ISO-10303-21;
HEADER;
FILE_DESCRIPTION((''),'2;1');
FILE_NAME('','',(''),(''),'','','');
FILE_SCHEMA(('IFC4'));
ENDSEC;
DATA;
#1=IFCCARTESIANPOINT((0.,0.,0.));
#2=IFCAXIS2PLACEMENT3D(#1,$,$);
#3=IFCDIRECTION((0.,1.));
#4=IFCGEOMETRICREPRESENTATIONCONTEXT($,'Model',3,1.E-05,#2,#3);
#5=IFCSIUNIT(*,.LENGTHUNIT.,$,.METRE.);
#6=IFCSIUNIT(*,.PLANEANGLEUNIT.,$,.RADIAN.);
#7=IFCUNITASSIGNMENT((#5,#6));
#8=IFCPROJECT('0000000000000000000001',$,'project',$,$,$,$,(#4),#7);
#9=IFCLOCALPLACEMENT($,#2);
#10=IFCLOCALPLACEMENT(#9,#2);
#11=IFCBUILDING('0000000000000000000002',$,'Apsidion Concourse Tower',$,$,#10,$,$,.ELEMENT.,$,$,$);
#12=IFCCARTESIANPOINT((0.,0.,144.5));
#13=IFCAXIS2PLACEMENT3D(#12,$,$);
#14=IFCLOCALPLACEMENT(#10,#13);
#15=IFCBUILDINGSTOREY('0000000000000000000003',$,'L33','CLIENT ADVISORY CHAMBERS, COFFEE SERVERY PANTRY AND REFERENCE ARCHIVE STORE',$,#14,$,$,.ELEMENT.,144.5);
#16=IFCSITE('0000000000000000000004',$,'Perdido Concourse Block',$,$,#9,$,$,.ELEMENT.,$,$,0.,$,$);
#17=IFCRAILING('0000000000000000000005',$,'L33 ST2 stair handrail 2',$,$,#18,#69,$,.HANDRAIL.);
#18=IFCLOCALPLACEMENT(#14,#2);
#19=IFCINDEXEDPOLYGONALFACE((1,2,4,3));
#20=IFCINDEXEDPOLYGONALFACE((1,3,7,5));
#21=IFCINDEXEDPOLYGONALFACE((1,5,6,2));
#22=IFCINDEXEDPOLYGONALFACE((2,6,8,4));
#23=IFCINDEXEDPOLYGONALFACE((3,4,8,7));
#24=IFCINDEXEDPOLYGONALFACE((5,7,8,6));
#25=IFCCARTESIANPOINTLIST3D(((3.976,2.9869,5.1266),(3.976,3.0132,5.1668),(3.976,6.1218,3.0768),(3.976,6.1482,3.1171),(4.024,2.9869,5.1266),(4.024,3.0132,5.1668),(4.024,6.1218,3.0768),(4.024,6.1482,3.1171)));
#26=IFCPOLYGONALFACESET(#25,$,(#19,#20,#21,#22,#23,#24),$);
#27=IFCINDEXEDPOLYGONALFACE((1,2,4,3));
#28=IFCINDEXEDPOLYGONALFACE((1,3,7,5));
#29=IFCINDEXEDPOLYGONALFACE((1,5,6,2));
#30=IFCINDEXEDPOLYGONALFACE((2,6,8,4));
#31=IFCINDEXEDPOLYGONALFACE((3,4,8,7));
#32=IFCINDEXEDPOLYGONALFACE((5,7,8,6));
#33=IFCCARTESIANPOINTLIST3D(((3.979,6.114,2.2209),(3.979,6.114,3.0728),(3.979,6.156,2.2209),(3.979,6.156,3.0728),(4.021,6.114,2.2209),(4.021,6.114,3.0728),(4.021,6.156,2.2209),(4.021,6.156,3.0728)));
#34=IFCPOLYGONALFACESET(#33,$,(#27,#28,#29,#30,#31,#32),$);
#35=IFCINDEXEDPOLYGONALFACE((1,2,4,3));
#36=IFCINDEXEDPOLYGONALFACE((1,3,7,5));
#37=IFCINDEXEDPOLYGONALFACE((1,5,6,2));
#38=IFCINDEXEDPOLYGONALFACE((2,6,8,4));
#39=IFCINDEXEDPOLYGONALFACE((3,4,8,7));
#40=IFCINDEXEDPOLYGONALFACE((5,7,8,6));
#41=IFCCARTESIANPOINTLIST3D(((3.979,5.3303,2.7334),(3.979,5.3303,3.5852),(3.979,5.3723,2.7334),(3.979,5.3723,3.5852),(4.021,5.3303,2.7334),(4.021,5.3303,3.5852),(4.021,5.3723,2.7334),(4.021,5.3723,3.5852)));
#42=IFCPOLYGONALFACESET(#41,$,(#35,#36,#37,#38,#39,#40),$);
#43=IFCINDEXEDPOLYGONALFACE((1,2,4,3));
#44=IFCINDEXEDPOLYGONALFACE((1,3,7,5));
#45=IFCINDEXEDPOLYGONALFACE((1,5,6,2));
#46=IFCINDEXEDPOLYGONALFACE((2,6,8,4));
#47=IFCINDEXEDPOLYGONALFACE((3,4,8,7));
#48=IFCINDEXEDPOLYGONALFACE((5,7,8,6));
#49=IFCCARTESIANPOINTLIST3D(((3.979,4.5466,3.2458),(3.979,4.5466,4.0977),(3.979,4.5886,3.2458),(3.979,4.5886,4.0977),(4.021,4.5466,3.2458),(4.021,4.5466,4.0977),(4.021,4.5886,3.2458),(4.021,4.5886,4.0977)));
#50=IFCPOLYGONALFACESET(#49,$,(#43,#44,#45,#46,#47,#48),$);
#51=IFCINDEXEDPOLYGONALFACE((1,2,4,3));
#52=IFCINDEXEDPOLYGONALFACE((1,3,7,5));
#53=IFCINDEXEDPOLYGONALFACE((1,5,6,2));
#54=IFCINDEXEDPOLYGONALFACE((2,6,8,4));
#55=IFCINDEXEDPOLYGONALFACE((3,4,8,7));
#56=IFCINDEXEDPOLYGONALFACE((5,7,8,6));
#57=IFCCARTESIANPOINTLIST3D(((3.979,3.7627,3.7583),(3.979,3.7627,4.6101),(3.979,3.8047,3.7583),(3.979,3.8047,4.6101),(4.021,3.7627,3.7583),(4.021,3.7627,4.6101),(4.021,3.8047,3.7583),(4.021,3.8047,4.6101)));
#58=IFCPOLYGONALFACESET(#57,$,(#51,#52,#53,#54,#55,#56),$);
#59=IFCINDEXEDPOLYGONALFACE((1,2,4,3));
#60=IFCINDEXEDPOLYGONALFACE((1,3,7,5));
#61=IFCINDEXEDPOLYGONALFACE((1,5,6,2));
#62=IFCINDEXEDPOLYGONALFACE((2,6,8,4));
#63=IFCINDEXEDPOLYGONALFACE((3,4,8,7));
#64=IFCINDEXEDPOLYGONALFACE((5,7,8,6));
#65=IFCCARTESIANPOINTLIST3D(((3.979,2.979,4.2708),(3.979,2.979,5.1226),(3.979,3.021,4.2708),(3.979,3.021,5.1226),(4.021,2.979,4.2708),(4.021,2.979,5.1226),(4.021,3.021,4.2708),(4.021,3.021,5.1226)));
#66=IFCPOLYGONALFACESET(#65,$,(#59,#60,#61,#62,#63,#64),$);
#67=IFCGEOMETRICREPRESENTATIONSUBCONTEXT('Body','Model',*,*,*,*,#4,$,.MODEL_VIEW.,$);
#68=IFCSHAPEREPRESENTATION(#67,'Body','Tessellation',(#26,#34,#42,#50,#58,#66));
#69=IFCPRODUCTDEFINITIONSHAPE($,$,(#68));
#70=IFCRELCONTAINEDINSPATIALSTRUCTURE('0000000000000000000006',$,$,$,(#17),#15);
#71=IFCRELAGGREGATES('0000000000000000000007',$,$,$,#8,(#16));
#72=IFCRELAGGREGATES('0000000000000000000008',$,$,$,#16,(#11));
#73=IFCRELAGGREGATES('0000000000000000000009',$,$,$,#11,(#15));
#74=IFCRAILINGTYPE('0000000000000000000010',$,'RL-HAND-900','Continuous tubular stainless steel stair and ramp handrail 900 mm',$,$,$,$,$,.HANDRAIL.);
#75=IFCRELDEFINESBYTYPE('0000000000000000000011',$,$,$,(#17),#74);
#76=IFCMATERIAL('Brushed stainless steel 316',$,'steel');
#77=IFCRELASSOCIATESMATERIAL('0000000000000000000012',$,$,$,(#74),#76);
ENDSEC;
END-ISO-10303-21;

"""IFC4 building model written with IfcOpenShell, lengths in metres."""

from ifc_helpers import new_model, si_unit, direction, frame, origin, origin_2d, place, context, subcontext, project, spatial, rectangle, extrude, material, type_object, element, save


model = new_model("IFC4")

# Units and contexts
model_context = context("Model", 3, precision=1e-05, world=origin(), true_north=direction((0.0, 1.0)))
body_context = subcontext(model_context, "Body", "Model", "MODEL_VIEW")
ifc_project = project(units=[si_unit("LENGTHUNIT", "METRE"), si_unit("PLANEANGLEUNIT", "RADIAN")], contexts=[model_context])

# Site, building, storey
site_placement = place(None, origin())
site = spatial("IfcSite", under=ifc_project, at=site_placement, Name="Perdido Concourse Block", CompositionType="ELEMENT", RefElevation=0.0)
building_placement = place(site_placement, origin())
building = spatial("IfcBuilding", under=site, at=building_placement, Name="Apsidion Concourse Tower", CompositionType="ELEMENT")
storey_placement = place(building_placement, frame((0.0, 0.0, 144.5)))
storey = spatial("IfcBuildingStorey", under=building, at=storey_placement, Name="L33", Description="CLIENT ADVISORY CHAMBERS, COFFEE SERVERY PANTRY AND REFERENCE ARCHIVE STORE", CompositionType="ELEMENT", Elevation=144.5)

# Shared definitions
ifc_material_1 = material(Name="Brushed stainless steel 316", Category="steel")

# Railing
railing_type_1 = type_object("IfcRailingType", Name="RL-HAND-900", Description="Continuous tubular stainless steel stair and ramp handrail 900 mm", PredefinedType="HANDRAIL", material=ifc_material_1)
railing_1_placement = place(storey_placement, frame((4.0, 6.135, 2.2209)))
element("IfcRailing", 1, at=railing_1_placement, inside=storey, type_object=railing_type_1, Name="L33 ST2 stair handrail 2", PredefinedType="HANDRAIL", context=body_context, shape_type="SweptSolid", body=[
    extrude(rectangle(XDim=0.0481, YDim=0.0481, at=origin_2d()), frame((0.0, 0.0, 0.876), z_axis=(0.0, -0.836971, 0.547248), x_axis=(1.0, 0.0, 0.0)), (0.0, 0.0, 1.0), 3.7456),
    extrude(rectangle(XDim=0.042, YDim=0.042, at=origin_2d()), origin(), (0.0, 0.0, 1.0), 0.8518),
    extrude(rectangle(XDim=0.042, YDim=0.042, at=origin_2d()), frame((0.0, -0.7837, 0.5125)), (0.0, 0.0, 1.0), 0.8518),
    extrude(rectangle(XDim=0.042, YDim=0.042, at=origin_2d()), frame((0.0, -1.5674, 1.0249)), (0.0, 0.0, 1.0), 0.8518),
    extrude(rectangle(XDim=0.042, YDim=0.042, at=origin_2d()), frame((0.0, -2.3513, 1.5374)), (0.0, 0.0, 1.0), 0.8518),
    extrude(rectangle(XDim=0.042, YDim=0.042, at=origin_2d()), frame((0.0, -3.135, 2.0498)), (0.0, 0.0, 1.0), 0.8518),
])

save(model, "model.ifc")
